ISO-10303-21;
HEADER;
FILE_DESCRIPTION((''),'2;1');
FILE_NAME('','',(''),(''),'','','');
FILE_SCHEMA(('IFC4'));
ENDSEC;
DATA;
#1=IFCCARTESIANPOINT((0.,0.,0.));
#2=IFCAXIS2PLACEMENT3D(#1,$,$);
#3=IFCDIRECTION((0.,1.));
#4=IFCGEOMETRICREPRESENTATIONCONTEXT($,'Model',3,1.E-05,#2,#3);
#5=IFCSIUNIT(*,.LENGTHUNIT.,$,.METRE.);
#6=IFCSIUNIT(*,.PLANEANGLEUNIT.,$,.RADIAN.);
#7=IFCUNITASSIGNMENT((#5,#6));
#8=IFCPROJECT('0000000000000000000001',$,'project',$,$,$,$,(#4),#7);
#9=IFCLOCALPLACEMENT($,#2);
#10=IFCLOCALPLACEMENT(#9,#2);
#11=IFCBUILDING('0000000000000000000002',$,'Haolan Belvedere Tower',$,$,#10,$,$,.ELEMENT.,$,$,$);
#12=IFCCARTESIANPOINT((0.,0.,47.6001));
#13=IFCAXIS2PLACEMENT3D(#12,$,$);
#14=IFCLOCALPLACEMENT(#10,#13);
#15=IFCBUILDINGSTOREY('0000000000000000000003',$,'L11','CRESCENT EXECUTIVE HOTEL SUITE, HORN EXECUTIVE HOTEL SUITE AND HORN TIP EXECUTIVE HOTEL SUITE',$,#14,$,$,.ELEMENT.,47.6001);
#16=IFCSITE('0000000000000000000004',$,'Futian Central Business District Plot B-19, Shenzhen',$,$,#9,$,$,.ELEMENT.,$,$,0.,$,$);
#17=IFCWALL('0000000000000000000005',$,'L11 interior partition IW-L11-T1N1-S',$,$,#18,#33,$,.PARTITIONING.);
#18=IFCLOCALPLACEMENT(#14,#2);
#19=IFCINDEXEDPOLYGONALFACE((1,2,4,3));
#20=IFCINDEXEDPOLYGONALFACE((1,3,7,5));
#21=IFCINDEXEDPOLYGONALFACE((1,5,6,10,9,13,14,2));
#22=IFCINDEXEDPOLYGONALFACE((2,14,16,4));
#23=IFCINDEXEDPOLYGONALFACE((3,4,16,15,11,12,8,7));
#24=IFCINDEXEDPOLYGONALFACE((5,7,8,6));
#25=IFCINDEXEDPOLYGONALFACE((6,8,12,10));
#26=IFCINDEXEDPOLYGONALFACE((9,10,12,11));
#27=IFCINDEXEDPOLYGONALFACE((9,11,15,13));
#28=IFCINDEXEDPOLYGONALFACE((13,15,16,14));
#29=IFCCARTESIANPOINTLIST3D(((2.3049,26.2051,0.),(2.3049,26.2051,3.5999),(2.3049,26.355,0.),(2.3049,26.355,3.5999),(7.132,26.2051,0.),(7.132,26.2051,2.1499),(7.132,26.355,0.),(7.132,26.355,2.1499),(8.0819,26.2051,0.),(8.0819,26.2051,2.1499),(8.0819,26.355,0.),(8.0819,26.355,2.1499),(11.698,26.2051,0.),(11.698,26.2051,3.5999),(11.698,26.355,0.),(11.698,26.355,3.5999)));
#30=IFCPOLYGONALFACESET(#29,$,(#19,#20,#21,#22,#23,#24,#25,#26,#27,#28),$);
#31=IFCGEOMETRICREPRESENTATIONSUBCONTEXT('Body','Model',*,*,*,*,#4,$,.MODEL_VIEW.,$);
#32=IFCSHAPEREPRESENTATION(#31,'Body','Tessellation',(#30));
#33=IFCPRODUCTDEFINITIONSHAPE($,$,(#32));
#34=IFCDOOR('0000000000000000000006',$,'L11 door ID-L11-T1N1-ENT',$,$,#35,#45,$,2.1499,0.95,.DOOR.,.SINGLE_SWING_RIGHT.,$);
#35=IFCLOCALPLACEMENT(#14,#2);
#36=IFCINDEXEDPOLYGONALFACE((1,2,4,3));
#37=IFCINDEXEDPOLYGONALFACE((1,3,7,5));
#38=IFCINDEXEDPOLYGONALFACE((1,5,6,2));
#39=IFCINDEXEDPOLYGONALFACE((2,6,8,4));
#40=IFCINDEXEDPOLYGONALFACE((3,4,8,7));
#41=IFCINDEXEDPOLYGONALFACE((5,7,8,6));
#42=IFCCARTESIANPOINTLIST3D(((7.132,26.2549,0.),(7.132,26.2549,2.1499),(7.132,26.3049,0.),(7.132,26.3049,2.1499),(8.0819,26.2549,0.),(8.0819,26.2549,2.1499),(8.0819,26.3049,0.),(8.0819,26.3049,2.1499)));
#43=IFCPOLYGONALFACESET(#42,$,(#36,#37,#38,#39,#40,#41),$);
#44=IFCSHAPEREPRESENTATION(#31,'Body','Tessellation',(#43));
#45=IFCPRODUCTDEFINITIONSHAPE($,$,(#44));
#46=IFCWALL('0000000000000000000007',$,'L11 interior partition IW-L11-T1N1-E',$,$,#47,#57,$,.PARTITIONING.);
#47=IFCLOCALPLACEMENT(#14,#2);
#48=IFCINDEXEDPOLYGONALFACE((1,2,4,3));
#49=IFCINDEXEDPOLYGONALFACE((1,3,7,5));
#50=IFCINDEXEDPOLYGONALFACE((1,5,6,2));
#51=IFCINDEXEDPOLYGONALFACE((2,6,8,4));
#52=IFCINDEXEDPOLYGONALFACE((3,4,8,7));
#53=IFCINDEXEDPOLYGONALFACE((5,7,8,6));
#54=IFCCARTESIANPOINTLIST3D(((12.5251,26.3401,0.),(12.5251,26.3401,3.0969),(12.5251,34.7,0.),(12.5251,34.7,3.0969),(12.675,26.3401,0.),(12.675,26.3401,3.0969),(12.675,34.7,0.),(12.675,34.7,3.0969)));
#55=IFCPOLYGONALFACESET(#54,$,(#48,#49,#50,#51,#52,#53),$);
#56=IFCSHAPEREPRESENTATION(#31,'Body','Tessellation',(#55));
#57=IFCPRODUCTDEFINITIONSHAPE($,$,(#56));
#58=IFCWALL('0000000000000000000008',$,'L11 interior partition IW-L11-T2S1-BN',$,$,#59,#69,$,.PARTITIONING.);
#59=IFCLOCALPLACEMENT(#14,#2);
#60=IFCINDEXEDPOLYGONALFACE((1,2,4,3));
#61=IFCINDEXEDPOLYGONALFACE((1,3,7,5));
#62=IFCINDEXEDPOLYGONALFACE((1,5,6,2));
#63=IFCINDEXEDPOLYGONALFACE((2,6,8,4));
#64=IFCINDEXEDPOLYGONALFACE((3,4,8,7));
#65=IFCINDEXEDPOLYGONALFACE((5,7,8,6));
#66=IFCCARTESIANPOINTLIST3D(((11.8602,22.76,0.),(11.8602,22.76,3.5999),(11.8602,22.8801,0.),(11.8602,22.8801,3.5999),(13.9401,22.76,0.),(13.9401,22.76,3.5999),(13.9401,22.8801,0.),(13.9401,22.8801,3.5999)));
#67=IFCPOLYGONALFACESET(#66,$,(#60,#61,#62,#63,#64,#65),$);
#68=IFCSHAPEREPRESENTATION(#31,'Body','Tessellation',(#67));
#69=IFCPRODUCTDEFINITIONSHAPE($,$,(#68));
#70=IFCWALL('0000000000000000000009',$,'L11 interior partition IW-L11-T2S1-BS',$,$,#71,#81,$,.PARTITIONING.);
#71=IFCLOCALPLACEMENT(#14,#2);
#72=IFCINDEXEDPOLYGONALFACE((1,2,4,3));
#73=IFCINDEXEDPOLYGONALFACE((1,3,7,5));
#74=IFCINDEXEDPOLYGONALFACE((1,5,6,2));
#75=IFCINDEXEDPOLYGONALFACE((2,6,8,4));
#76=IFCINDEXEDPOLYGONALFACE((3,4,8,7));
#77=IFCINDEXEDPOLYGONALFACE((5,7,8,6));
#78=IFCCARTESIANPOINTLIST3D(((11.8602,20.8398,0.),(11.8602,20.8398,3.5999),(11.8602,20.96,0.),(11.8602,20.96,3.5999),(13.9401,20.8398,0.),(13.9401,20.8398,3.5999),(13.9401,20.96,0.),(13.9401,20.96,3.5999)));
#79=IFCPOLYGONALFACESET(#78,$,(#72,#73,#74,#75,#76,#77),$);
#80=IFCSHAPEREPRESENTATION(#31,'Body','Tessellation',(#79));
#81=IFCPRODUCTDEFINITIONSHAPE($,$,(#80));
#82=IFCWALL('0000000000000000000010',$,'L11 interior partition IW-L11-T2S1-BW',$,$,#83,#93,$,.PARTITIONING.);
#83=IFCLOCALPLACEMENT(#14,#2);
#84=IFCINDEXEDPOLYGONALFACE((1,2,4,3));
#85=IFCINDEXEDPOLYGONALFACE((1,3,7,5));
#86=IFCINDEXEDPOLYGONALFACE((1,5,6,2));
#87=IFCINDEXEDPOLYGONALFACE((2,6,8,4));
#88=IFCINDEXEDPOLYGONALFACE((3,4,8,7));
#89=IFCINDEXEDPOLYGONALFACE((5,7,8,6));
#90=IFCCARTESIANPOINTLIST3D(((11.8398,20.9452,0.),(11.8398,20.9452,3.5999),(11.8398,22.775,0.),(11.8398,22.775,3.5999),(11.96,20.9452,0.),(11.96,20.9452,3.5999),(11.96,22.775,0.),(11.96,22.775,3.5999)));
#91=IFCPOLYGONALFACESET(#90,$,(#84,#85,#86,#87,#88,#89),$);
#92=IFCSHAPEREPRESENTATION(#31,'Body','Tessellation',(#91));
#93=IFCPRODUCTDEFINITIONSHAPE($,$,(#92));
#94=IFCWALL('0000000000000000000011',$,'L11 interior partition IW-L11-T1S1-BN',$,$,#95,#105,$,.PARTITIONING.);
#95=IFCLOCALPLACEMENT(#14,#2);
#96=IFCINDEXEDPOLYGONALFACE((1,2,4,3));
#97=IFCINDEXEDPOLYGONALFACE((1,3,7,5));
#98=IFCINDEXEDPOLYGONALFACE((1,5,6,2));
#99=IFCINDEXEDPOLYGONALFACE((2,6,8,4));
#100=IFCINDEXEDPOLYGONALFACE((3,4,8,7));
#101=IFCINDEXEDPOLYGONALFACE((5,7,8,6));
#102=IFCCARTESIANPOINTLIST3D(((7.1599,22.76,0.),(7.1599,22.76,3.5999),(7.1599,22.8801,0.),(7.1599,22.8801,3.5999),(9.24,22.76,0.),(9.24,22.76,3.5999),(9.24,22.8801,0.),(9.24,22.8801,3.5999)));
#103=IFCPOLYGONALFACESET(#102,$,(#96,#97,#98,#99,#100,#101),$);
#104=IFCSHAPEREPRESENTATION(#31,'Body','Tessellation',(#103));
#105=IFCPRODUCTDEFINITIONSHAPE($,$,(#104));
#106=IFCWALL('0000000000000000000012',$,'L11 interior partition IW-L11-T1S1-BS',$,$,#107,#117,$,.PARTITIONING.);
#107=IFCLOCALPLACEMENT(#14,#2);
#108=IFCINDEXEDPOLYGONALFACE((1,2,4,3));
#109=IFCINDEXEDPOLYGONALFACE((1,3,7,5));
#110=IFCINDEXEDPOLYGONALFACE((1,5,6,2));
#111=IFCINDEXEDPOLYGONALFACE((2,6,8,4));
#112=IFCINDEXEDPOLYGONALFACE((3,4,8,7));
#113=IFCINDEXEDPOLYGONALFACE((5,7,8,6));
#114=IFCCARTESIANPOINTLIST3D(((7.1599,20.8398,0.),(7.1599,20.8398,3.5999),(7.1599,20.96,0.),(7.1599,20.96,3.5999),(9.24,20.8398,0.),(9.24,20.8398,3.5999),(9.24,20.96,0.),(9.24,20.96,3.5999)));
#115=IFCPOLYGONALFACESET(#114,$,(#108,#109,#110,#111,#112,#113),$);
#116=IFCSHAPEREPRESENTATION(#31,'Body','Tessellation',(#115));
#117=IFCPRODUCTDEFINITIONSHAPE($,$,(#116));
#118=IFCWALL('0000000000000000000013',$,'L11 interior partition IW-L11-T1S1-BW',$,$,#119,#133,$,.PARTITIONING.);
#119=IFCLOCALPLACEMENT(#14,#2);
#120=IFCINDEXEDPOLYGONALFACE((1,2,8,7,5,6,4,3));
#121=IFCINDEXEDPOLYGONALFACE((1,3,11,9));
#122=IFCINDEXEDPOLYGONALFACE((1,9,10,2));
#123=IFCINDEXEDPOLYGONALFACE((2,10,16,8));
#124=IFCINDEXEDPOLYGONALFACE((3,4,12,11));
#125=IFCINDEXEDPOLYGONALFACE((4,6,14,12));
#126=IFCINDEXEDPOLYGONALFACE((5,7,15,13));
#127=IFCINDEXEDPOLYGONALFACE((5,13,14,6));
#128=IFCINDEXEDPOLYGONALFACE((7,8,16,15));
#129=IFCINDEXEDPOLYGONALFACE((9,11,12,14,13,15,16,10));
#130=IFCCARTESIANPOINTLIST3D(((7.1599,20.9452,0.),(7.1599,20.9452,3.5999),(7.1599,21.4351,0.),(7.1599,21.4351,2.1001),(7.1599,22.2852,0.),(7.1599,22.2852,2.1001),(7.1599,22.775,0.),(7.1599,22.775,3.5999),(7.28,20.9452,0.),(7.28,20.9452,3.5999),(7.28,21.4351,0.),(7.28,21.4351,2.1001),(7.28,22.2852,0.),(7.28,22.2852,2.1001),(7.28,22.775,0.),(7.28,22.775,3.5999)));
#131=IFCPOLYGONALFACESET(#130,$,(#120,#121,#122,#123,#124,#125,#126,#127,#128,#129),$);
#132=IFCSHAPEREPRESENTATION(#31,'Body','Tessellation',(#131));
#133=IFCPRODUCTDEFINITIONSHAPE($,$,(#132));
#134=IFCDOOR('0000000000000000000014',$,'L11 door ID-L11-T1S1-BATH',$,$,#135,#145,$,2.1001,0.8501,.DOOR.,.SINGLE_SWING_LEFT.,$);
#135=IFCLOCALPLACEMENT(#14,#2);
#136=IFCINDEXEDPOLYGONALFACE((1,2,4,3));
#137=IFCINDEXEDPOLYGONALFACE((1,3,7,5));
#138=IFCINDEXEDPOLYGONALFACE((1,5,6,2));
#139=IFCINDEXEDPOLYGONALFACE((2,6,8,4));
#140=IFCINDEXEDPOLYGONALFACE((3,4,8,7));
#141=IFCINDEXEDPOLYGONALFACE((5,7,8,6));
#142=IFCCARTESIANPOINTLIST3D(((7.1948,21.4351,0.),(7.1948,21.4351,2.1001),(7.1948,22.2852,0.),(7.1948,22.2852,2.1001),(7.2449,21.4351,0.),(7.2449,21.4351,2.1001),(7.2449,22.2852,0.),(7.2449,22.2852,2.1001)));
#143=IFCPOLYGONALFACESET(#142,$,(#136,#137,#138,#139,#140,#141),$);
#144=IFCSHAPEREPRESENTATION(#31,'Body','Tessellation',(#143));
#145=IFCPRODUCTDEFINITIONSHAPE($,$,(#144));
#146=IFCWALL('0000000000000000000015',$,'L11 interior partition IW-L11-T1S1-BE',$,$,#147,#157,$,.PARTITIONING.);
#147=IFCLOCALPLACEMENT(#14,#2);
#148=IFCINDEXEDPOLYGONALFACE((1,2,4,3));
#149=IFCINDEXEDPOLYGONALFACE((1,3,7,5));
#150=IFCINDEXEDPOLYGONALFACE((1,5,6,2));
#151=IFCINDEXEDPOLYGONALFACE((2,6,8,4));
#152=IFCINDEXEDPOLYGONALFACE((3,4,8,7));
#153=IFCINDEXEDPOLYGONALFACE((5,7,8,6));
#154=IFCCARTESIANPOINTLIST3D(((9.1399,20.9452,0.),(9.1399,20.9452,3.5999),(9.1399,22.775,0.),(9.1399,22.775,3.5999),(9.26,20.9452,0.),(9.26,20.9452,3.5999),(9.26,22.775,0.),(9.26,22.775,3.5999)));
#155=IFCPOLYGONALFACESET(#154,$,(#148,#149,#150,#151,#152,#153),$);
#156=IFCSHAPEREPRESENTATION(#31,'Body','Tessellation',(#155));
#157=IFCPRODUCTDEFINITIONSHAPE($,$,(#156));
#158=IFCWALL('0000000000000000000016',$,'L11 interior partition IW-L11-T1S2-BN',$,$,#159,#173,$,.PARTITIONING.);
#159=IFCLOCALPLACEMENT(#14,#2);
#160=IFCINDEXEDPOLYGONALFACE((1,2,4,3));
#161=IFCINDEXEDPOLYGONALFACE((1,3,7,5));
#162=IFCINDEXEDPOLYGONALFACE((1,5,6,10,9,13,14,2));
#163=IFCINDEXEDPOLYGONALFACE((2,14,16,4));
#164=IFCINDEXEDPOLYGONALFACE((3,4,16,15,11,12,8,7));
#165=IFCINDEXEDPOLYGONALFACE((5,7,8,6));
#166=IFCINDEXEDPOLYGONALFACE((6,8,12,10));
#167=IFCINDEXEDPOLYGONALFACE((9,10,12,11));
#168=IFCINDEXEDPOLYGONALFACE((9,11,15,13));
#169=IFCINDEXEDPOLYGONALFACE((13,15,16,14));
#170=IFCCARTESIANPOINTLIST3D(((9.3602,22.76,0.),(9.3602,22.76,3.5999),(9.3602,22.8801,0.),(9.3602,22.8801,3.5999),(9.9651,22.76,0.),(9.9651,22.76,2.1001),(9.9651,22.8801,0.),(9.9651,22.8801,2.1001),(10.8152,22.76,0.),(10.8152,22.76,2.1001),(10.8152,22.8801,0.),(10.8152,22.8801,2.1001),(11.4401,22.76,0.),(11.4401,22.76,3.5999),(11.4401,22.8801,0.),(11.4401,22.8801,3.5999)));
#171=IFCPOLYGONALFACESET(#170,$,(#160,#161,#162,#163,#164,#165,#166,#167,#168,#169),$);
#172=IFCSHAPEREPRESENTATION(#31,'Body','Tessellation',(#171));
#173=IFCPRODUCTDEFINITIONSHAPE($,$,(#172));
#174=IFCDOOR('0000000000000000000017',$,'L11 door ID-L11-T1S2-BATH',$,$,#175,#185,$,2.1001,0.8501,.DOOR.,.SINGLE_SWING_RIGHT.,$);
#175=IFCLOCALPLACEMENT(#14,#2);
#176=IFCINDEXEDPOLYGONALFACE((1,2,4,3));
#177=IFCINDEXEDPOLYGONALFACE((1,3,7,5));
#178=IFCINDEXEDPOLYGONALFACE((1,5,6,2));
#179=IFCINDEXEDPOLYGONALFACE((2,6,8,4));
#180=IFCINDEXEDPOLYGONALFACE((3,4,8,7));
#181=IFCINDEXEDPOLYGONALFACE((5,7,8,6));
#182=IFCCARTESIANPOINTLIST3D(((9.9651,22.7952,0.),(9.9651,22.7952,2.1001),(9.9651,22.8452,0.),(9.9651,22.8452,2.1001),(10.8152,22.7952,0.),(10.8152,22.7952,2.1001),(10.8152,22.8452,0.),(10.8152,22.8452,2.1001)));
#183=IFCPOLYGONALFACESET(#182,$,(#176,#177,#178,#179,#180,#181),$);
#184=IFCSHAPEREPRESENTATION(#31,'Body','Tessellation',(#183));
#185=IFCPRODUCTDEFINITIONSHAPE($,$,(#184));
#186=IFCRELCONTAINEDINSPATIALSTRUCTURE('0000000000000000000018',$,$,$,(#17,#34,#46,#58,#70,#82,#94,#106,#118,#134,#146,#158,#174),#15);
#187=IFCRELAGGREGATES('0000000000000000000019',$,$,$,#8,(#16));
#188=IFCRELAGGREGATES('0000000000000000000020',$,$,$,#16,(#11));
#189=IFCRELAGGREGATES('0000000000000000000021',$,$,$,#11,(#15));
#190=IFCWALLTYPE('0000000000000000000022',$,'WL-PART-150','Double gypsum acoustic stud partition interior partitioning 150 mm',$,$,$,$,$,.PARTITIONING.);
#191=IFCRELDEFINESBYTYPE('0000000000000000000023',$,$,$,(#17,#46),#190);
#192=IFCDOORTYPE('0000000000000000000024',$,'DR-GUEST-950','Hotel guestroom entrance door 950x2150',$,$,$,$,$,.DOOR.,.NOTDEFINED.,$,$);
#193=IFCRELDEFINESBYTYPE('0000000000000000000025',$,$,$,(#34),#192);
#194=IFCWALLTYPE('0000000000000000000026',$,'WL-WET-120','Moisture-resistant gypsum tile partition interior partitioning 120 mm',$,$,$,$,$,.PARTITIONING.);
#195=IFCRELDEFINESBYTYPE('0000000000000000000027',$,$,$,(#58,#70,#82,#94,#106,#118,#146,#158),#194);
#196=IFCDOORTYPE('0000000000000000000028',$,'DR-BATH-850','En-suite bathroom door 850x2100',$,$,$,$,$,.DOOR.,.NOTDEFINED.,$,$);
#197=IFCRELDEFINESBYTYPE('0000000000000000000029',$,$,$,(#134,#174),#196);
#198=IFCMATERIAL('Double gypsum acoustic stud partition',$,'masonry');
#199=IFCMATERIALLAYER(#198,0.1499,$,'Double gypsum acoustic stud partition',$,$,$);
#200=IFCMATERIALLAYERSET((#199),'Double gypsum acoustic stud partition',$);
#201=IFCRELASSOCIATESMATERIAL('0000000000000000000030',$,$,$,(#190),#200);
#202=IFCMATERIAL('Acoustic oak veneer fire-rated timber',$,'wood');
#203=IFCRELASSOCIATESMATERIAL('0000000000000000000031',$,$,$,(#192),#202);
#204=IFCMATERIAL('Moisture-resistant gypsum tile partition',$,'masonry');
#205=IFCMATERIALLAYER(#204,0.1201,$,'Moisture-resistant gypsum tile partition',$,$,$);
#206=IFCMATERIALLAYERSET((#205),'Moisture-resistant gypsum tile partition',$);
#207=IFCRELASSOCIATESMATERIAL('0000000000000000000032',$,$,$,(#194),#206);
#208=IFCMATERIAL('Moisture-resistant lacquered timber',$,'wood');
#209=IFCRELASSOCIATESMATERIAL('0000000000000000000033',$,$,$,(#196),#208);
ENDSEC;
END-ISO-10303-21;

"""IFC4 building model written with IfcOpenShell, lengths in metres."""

from ifc_helpers import new_model, si_unit, direction, frame, frame_2d, origin, place, context, subcontext, project, spatial, rectangle, extrude, material, layer, layer_set, type_object, element, fill, save


model = new_model("IFC4")

# Units and contexts
model_context = context("Model", 3, precision=1e-05, world=origin(), true_north=direction((0.0, 1.0)))
body_context = subcontext(model_context, "Body", "Model", "MODEL_VIEW")
ifc_project = project(units=[si_unit("LENGTHUNIT", "METRE"), si_unit("PLANEANGLEUNIT", "RADIAN")], contexts=[model_context])

# Site, building, storey
site_placement = place(None, origin())
site = spatial("IfcSite", under=ifc_project, at=site_placement, Name="Futian Central Business District Plot B-19, Shenzhen", CompositionType="ELEMENT", RefElevation=0.0)
building_placement = place(site_placement, origin())
building = spatial("IfcBuilding", under=site, at=building_placement, Name="Haolan Belvedere Tower", CompositionType="ELEMENT")
storey_placement = place(building_placement, frame((0.0, 0.0, 47.6001)))
storey = spatial("IfcBuildingStorey", under=building, at=storey_placement, Name="L11", Description="CRESCENT EXECUTIVE HOTEL SUITE, HORN EXECUTIVE HOTEL SUITE AND HORN TIP EXECUTIVE HOTEL SUITE", CompositionType="ELEMENT", Elevation=47.6001)

# Shared definitions
ifc_material_1 = material(Name="Double gypsum acoustic stud partition", Category="masonry")
ifc_layer_1 = layer(ifc_material_1, 0.1499, Name="Double gypsum acoustic stud partition")
ifc_layer_set_1 = layer_set([ifc_layer_1], Name="Double gypsum acoustic stud partition")
wall_type_1 = type_object("IfcWallType", Name="WL-PART-150", Description="Double gypsum acoustic stud partition interior partitioning 150 mm", PredefinedType="PARTITIONING", material=ifc_layer_set_1)
ifc_material_2 = material(Name="Acoustic oak veneer fire-rated timber", Category="wood")
door_type_1 = type_object("IfcDoorType", Name="DR-GUEST-950", Description="Hotel guestroom entrance door 950x2150", OperationType="NOTDEFINED", PredefinedType="DOOR", material=ifc_material_2)

# Wall, opening, door
wall_1_placement = place(storey_placement, frame((2.3049, 26.28, 0.0), z_axis=(0.0, 0.0, 1.0), x_axis=(1.0, 0.0, 0.0)))
wall_1 = element("IfcWall", 1, at=wall_1_placement, inside=storey, type_object=wall_type_1, Name="L11 interior partition IW-L11-T1N1-S", PredefinedType="PARTITIONING", context=body_context, shape_type="SweptSolid", body=[
    extrude(rectangle(XDim=9.3931, YDim=0.1499, at=frame_2d((4.6965, 0.0))), origin(), (0.0, 0.0, 1.0), 3.5999),
])
opening_1_placement = place(wall_1_placement, frame((4.8269, 0.0, 0.0)))
opening_1 = element("IfcOpeningElement", 2, at=opening_1_placement, cuts=wall_1, PredefinedType="OPENING", context=body_context, shape_type="SweptSolid", body=[
    extrude(rectangle(XDim=0.95, YDim=2.1499, at=frame_2d((0.4751, 1.075))), frame((0.0, 0.085, 0.0), z_axis=(0.0, -1.0, 0.0), x_axis=(1.0, 0.0, 0.0)), (0.0, 0.0, 1.0), 0.1699),
])
door_1_placement = place(opening_1_placement, origin())
door_1 = element("IfcDoor", 3, at=door_1_placement, inside=storey, type_object=door_type_1, Name="L11 door ID-L11-T1N1-ENT", OperationType="SINGLE_SWING_RIGHT", OverallHeight=2.1499, OverallWidth=0.95, PredefinedType="DOOR", context=body_context, shape_type="SweptSolid", body=[
    extrude(rectangle(XDim=0.95, YDim=2.1499, at=frame_2d((0.4751, 1.075))), frame((0.0, 0.0249, 0.0), z_axis=(0.0, -1.0, 0.0), x_axis=(1.0, 0.0, 0.0)), (0.0, 0.0, 1.0), 0.05),
])
fill(opening_1, door_1)

# Walls
wall_2_placement = place(storey_placement, frame((12.6001, 26.3401, 0.0), z_axis=(0.0, 0.0, 1.0), x_axis=(0.0, 1.0, 0.0)))
element("IfcWall", 4, at=wall_2_placement, inside=storey, type_object=wall_type_1, Name="L11 interior partition IW-L11-T1N1-E", PredefinedType="PARTITIONING", context=body_context, shape_type="SweptSolid", body=[
    extrude(rectangle(XDim=8.3599, YDim=0.1499, at=frame_2d((4.1799, 0.0))), origin(), (0.0, 0.0, 1.0), 3.0969),
])
ifc_material_3 = material(Name="Moisture-resistant gypsum tile partition", Category="masonry")
ifc_layer_2 = layer(ifc_material_3, 0.1201, Name="Moisture-resistant gypsum tile partition")
ifc_layer_set_2 = layer_set([ifc_layer_2], Name="Moisture-resistant gypsum tile partition")
wall_type_2 = type_object("IfcWallType", Name="WL-WET-120", Description="Moisture-resistant gypsum tile partition interior partitioning 120 mm", PredefinedType="PARTITIONING", material=ifc_layer_set_2)
for number, where, z_axis, x_axis, name in (
    (5, (11.8601, 22.8201, 0.0), (0.0, 0.0, 1.0), (1.0, 0.0, 0.0), "L11 interior partition IW-L11-T2S1-BN"),
    (6, (11.8601, 20.8999, 0.0), (0.0, 0.0, 1.0), (1.0, 0.0, 0.0), "L11 interior partition IW-L11-T2S1-BS"),
):
    element("IfcWall", number, at=place(storey_placement, frame(where, z_axis=z_axis, x_axis=x_axis)), inside=storey, type_object=wall_type_2, Name=name, PredefinedType="PARTITIONING", context=body_context, shape_type="SweptSolid", body=[
        extrude(rectangle(XDim=2.0798, YDim=0.1201, at=frame_2d((1.04, 0.0))), origin(), (0.0, 0.0, 1.0), 3.5999),
    ])
wall_3_placement = place(storey_placement, frame((11.8999, 20.9451, 0.0), z_axis=(0.0, 0.0, 1.0), x_axis=(0.0, 1.0, 0.0)))
element("IfcWall", 7, at=wall_3_placement, inside=storey, type_object=wall_type_2, Name="L11 interior partition IW-L11-T2S1-BW", PredefinedType="PARTITIONING", context=body_context, shape_type="SweptSolid", body=[
    extrude(rectangle(XDim=1.8298, YDim=0.1201, at=frame_2d((0.915, 0.0))), origin(), (0.0, 0.0, 1.0), 3.5999),
])
for number, where, z_axis, x_axis, name in (
    (8, (7.1599, 22.8201, 0.0), (0.0, 0.0, 1.0), (1.0, 0.0, 0.0), "L11 interior partition IW-L11-T1S1-BN"),
    (9, (7.1599, 20.8999, 0.0), (0.0, 0.0, 1.0), (1.0, 0.0, 0.0), "L11 interior partition IW-L11-T1S1-BS"),
):
    element("IfcWall", number, at=place(storey_placement, frame(where, z_axis=z_axis, x_axis=x_axis)), inside=storey, type_object=wall_type_2, Name=name, PredefinedType="PARTITIONING", context=body_context, shape_type="SweptSolid", body=[
        extrude(rectangle(XDim=2.0801, YDim=0.1201, at=frame_2d((1.04, 0.0))), origin(), (0.0, 0.0, 1.0), 3.5999),
    ])

# Wall, opening, door
wall_4_placement = place(storey_placement, frame((7.22, 20.9451, 0.0), z_axis=(0.0, 0.0, 1.0), x_axis=(0.0, 1.0, 0.0)))
wall_4 = element("IfcWall", 10, at=wall_4_placement, inside=storey, type_object=wall_type_2, Name="L11 interior partition IW-L11-T1S1-BW", PredefinedType="PARTITIONING", context=body_context, shape_type="SweptSolid", body=[
    extrude(rectangle(XDim=1.8298, YDim=0.1201, at=frame_2d((0.915, 0.0))), origin(), (0.0, 0.0, 1.0), 3.5999),
])
opening_2_placement = place(wall_4_placement, frame((1.3401, 0.0, 0.0), z_axis=(0.0, 0.0, 1.0), x_axis=(-1.0, 0.0, 0.0)))
opening_2 = element("IfcOpeningElement", 11, at=opening_2_placement, cuts=wall_4, PredefinedType="OPENING", context=body_context, shape_type="SweptSolid", body=[
    extrude(rectangle(XDim=0.8501, YDim=2.1001, at=frame_2d((0.425, 1.05))), frame((0.0, 0.0701, 0.0), z_axis=(0.0, -1.0, 0.0), x_axis=(1.0, 0.0, 0.0)), (0.0, 0.0, 1.0), 0.1401),
])
ifc_material_4 = material(Name="Moisture-resistant lacquered timber", Category="wood")
door_type_2 = type_object("IfcDoorType", Name="DR-BATH-850", Description="En-suite bathroom door 850x2100", OperationType="NOTDEFINED", PredefinedType="DOOR", material=ifc_material_4)
door_2_placement = place(opening_2_placement, origin())
door_2 = element("IfcDoor", 12, at=door_2_placement, inside=storey, type_object=door_type_2, Name="L11 door ID-L11-T1S1-BATH", OperationType="SINGLE_SWING_LEFT", OverallHeight=2.1001, OverallWidth=0.8501, PredefinedType="DOOR", context=body_context, shape_type="SweptSolid", body=[
    extrude(rectangle(XDim=0.8501, YDim=2.1001, at=frame_2d((0.425, 1.05))), frame((0.0, 0.0249, 0.0), z_axis=(0.0, -1.0, 0.0), x_axis=(1.0, 0.0, 0.0)), (0.0, 0.0, 1.0), 0.05),
])
fill(opening_2, door_2)

# Wall
wall_5_placement = place(storey_placement, frame((9.2, 20.9451, 0.0), z_axis=(0.0, 0.0, 1.0), x_axis=(0.0, 1.0, 0.0)))
element("IfcWall", 13, at=wall_5_placement, inside=storey, type_object=wall_type_2, Name="L11 interior partition IW-L11-T1S1-BE", PredefinedType="PARTITIONING", context=body_context, shape_type="SweptSolid", body=[
    extrude(rectangle(XDim=1.8298, YDim=0.1201, at=frame_2d((0.915, 0.0))), origin(), (0.0, 0.0, 1.0), 3.5999),
])

# Wall, opening, door
wall_6_placement = place(storey_placement, frame((9.3601, 22.8201, 0.0), z_axis=(0.0, 0.0, 1.0), x_axis=(1.0, 0.0, 0.0)))
wall_6 = element("IfcWall", 14, at=wall_6_placement, inside=storey, type_object=wall_type_2, Name="L11 interior partition IW-L11-T1S2-BN", PredefinedType="PARTITIONING", context=body_context, shape_type="SweptSolid", body=[
    extrude(rectangle(XDim=2.0798, YDim=0.1201, at=frame_2d((1.04, 0.0))), origin(), (0.0, 0.0, 1.0), 3.5999),
])
opening_3_placement = place(wall_6_placement, frame((1.4551, 0.0, 0.0), z_axis=(0.0, 0.0, 1.0), x_axis=(-1.0, 0.0, 0.0)))
opening_3 = element("IfcOpeningElement", 15, at=opening_3_placement, cuts=wall_6, PredefinedType="OPENING", context=body_context, shape_type="SweptSolid", body=[
    extrude(rectangle(XDim=0.8501, YDim=2.1001, at=frame_2d((0.425, 1.05))), frame((0.0, 0.0701, 0.0), z_axis=(0.0, -1.0, 0.0), x_axis=(1.0, 0.0, 0.0)), (0.0, 0.0, 1.0), 0.1401),
])
door_3_placement = place(opening_3_placement, origin())
door_3 = element("IfcDoor", 16, at=door_3_placement, inside=storey, type_object=door_type_2, Name="L11 door ID-L11-T1S2-BATH", OperationType="SINGLE_SWING_RIGHT", OverallHeight=2.1001, OverallWidth=0.8501, PredefinedType="DOOR", context=body_context, shape_type="SweptSolid", body=[
    extrude(rectangle(XDim=0.8501, YDim=2.1001, at=frame_2d((0.425, 1.05))), frame((0.0, 0.0249, 0.0), z_axis=(0.0, -1.0, 0.0), x_axis=(1.0, 0.0, 0.0)), (0.0, 0.0, 1.0), 0.05),
])
fill(opening_3, door_3)

save(model, "model.ifc")
